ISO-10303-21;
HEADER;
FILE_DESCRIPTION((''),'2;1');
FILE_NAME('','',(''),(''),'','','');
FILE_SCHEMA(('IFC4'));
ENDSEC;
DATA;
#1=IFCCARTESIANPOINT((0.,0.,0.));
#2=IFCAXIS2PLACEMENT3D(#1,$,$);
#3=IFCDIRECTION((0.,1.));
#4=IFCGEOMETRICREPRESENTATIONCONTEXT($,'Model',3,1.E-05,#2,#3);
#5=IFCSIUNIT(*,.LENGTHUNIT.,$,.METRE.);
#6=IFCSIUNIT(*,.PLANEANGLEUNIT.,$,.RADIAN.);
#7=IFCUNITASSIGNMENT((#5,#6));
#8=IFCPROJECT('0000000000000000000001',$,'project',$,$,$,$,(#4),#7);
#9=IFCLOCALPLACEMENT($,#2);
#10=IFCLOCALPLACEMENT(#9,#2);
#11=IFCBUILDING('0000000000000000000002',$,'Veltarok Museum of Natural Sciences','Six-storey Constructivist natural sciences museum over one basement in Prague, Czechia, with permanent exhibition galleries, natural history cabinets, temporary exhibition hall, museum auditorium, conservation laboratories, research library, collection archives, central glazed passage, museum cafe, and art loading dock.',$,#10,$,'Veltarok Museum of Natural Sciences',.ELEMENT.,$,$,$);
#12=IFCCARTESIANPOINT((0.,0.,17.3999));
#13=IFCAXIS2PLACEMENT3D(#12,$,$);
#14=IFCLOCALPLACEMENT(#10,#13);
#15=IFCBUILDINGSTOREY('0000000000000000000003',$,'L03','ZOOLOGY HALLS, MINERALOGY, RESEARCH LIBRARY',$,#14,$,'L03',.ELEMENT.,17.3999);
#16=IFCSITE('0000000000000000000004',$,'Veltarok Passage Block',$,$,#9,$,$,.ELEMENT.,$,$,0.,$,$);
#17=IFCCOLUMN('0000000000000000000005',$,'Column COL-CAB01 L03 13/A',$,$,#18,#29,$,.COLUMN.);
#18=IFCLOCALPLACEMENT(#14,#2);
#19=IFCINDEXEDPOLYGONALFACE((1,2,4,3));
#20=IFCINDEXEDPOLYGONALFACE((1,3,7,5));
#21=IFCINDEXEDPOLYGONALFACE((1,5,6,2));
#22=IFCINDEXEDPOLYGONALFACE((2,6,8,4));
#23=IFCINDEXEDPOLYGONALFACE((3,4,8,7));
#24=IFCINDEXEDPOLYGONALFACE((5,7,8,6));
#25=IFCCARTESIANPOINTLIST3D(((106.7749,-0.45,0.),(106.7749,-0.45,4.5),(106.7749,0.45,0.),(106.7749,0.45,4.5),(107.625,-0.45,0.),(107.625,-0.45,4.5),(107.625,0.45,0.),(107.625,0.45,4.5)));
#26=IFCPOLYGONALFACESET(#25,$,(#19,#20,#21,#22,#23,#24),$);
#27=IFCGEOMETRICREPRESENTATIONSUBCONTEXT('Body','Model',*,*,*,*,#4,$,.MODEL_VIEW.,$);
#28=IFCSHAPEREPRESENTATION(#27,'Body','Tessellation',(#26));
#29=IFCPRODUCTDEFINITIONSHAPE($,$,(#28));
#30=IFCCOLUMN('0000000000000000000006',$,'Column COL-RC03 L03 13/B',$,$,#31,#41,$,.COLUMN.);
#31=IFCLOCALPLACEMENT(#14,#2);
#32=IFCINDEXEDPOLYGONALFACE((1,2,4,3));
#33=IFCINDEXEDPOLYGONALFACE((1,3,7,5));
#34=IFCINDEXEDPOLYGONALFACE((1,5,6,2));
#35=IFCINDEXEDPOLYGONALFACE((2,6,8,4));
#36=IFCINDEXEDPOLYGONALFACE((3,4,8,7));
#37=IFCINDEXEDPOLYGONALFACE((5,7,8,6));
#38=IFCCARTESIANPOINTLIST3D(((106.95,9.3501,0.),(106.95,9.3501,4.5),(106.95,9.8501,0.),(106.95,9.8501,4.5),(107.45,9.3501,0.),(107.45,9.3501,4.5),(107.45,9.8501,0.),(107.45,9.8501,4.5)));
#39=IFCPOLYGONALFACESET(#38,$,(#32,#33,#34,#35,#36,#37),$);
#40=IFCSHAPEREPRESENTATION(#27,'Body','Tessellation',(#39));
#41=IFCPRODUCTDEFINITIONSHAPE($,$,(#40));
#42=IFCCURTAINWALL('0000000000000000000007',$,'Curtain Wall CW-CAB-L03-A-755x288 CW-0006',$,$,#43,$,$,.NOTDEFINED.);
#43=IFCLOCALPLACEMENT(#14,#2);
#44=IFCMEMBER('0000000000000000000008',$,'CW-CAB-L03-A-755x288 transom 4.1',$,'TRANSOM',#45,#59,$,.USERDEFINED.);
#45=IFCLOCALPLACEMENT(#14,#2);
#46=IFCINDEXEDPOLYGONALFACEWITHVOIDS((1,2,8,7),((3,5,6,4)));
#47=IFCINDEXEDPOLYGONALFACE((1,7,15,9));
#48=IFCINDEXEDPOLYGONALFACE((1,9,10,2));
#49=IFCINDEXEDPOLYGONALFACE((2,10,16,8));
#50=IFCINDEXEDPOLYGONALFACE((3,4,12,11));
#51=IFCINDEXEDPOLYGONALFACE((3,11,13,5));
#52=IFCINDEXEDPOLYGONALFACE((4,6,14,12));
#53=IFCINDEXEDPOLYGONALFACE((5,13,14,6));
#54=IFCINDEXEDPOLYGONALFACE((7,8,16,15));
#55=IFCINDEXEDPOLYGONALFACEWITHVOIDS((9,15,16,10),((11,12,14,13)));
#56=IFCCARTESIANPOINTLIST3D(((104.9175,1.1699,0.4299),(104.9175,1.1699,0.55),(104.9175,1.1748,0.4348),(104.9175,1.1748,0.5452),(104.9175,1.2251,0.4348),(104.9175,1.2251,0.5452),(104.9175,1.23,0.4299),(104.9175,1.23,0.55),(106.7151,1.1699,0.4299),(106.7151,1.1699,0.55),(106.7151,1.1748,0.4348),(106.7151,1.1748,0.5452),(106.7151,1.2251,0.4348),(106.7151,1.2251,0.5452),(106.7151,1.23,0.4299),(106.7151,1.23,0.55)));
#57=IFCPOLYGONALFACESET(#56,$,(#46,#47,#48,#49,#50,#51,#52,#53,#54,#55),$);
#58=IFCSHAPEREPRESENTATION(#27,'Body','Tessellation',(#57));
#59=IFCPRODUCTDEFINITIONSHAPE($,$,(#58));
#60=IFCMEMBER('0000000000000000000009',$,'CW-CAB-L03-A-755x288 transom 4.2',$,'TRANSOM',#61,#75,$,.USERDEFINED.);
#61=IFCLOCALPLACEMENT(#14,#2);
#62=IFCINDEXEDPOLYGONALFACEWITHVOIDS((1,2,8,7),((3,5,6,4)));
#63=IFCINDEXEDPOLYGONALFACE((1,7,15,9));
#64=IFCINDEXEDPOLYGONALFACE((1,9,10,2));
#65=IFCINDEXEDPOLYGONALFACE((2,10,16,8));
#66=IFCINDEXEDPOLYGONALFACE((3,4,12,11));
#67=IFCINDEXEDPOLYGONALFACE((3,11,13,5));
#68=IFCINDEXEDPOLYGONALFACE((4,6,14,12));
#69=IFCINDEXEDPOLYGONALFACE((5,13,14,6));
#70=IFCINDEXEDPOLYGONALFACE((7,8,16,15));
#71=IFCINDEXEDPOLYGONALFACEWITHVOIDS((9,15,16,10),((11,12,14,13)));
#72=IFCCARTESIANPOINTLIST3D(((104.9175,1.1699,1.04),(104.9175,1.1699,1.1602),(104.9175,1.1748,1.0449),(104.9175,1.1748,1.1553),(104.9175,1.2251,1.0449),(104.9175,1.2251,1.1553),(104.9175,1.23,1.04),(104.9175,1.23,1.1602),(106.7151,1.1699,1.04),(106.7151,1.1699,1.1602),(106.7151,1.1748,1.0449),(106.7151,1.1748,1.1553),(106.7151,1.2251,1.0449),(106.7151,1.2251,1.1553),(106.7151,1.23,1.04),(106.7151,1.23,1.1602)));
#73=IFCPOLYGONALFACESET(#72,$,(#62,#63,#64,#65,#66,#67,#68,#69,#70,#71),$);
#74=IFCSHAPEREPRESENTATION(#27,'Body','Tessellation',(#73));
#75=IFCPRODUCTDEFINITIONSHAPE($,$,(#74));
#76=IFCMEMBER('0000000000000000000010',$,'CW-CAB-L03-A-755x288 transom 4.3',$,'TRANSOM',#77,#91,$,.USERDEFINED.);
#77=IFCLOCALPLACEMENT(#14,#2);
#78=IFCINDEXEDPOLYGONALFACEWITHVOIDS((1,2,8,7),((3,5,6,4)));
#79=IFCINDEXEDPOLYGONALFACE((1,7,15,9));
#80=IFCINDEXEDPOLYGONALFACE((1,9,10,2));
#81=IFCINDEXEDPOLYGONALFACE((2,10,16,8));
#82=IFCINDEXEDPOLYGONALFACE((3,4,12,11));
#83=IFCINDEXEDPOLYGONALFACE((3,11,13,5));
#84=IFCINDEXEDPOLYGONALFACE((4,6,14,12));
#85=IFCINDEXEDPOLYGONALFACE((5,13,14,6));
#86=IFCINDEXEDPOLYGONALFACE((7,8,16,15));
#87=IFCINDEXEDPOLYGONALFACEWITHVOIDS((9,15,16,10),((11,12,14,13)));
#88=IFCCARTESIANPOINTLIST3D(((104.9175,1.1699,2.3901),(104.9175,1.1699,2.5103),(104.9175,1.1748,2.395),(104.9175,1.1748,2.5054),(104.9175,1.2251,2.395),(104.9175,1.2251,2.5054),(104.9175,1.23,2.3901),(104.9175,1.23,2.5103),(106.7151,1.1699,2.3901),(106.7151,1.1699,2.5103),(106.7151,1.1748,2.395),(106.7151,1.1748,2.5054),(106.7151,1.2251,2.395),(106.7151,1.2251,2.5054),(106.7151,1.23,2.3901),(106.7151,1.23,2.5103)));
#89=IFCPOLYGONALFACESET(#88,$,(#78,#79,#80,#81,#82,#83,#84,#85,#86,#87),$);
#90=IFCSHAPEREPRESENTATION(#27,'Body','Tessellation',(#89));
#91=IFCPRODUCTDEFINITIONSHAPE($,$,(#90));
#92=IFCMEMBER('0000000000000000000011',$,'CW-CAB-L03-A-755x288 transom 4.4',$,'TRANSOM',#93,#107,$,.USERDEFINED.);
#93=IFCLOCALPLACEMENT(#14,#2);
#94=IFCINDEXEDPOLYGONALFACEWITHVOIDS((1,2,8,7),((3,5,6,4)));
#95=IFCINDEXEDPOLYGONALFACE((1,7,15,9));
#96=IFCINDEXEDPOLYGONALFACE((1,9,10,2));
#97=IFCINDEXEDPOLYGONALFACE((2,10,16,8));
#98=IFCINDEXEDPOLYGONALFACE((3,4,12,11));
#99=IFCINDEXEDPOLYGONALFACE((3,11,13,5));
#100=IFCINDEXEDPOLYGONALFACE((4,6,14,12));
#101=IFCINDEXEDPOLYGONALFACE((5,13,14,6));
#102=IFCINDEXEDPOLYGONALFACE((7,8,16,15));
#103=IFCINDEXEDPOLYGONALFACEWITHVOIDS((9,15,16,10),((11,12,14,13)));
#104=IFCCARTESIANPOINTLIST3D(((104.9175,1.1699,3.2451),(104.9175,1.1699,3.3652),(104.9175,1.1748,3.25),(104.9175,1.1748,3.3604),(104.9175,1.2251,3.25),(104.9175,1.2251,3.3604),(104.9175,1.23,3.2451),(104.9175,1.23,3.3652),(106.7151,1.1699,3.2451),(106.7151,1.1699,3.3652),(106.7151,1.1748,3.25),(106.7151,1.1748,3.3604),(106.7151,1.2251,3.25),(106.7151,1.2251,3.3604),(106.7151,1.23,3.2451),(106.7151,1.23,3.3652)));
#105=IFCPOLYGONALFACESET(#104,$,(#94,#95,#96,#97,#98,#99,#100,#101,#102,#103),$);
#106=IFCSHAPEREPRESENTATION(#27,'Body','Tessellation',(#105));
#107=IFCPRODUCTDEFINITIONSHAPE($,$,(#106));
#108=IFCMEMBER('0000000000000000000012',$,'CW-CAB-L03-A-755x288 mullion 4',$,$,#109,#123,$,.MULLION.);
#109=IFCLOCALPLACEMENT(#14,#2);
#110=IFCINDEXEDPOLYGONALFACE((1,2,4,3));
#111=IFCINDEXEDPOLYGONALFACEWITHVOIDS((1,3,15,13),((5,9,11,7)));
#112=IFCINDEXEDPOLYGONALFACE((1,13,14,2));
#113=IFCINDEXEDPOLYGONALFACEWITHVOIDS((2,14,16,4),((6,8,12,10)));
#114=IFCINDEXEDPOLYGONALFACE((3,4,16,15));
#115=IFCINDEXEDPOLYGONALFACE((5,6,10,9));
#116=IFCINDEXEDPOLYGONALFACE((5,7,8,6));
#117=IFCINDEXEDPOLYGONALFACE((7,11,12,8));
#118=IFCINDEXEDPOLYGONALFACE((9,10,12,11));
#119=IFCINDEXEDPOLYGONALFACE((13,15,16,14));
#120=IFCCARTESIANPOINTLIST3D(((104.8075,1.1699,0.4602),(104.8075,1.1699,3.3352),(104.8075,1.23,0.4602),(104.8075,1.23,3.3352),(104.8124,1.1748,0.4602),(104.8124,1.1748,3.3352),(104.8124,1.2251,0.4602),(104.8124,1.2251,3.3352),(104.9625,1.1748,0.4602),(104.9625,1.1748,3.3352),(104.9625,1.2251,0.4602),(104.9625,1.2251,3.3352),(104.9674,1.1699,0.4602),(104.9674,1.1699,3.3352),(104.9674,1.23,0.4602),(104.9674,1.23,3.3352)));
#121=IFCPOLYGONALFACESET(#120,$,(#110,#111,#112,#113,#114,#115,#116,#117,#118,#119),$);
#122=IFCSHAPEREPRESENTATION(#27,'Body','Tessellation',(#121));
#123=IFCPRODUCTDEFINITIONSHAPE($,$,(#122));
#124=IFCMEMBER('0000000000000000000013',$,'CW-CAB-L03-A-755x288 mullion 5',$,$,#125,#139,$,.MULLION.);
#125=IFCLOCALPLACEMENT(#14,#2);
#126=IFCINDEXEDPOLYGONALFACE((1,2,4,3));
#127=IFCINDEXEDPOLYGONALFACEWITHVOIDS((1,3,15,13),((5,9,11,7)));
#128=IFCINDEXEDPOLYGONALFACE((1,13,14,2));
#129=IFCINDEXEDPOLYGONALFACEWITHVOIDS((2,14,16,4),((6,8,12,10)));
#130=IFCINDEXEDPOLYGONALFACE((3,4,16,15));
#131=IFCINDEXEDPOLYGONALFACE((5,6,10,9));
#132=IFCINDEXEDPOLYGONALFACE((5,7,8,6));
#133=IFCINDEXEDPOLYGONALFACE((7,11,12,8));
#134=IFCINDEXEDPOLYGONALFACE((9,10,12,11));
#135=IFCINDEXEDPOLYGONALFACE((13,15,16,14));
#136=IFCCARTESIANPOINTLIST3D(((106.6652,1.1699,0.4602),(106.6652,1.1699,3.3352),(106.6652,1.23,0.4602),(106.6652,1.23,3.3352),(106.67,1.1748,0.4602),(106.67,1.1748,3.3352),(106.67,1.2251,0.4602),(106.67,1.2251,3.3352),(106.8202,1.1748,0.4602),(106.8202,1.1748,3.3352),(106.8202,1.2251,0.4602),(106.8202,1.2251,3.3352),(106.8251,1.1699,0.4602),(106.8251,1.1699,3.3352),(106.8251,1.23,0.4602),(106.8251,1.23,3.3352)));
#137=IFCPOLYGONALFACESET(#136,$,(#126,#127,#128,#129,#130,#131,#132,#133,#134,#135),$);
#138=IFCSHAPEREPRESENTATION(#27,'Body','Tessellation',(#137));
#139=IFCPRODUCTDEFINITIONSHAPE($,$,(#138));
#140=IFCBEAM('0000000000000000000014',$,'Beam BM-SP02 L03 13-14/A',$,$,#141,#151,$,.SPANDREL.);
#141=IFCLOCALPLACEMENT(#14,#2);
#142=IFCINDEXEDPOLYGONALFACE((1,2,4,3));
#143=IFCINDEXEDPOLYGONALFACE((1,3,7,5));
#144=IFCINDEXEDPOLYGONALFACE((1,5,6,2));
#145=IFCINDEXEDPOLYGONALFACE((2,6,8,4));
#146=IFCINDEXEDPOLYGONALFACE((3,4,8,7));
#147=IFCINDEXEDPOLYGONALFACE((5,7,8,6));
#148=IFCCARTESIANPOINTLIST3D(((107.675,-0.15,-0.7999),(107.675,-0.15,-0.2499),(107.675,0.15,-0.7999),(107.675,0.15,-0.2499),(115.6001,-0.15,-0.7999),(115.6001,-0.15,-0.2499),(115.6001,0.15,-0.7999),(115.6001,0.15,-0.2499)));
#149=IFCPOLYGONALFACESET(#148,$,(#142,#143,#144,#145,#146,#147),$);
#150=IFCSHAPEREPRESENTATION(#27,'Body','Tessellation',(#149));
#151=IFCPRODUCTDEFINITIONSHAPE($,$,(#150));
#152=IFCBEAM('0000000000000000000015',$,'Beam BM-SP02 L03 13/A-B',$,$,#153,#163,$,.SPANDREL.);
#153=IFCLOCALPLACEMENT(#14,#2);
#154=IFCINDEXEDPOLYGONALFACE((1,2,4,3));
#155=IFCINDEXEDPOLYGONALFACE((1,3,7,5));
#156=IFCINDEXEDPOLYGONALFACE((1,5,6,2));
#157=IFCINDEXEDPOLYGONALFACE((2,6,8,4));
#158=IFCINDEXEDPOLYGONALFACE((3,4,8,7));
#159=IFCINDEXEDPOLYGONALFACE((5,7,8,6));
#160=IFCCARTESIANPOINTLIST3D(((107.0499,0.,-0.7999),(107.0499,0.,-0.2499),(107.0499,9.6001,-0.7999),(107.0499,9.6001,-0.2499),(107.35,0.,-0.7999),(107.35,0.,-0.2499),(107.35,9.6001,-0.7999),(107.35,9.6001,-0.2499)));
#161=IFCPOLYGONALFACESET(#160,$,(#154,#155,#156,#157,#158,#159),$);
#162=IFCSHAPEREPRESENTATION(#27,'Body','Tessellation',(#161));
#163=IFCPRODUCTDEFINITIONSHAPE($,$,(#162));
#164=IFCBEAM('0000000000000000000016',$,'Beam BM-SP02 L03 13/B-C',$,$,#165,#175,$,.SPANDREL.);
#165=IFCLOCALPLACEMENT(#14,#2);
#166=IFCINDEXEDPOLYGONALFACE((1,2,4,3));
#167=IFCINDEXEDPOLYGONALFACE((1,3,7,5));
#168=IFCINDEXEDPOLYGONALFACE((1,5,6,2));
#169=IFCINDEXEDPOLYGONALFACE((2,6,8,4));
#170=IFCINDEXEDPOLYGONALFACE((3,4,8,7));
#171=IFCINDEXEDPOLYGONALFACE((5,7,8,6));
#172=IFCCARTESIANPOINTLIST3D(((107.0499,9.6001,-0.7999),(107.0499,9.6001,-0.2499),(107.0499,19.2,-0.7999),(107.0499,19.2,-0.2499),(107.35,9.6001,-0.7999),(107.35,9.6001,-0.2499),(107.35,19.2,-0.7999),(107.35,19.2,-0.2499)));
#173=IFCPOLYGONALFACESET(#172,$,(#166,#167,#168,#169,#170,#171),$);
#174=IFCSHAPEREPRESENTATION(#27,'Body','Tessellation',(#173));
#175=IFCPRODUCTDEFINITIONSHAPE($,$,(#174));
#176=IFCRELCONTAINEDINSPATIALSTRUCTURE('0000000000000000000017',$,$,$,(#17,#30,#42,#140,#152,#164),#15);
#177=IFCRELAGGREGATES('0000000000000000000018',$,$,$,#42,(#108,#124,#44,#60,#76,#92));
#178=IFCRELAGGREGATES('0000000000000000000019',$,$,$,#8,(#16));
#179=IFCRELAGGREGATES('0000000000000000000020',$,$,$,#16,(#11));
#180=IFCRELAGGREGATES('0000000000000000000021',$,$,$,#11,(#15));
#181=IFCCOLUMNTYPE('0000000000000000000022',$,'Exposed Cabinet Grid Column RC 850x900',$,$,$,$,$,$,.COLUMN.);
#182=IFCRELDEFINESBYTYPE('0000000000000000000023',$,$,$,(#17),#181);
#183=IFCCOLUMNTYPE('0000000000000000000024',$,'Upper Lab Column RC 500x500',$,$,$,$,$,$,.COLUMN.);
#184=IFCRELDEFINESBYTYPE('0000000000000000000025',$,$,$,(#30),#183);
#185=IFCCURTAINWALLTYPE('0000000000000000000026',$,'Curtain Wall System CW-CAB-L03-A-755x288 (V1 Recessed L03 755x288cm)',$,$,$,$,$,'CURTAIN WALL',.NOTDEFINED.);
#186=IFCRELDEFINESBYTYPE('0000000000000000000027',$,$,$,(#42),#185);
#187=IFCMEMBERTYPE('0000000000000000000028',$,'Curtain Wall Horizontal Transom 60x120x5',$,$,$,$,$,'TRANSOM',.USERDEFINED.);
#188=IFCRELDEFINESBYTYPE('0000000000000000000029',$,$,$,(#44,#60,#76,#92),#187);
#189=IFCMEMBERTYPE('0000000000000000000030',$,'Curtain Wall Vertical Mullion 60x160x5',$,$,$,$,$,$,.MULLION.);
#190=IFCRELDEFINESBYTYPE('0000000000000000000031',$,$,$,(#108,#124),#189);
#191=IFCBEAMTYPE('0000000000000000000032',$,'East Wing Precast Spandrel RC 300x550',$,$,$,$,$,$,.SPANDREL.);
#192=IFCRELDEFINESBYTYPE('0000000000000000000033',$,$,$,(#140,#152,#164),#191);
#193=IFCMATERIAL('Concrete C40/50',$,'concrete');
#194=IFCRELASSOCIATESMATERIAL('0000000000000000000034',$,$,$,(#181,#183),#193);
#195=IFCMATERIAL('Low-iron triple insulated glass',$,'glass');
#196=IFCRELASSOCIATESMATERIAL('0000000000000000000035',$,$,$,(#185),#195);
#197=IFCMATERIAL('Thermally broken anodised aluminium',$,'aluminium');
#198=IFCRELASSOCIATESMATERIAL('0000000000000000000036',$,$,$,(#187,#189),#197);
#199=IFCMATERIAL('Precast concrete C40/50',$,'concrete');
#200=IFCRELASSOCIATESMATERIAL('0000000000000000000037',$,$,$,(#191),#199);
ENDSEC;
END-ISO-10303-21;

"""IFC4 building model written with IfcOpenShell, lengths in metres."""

from ifc_helpers import new_model, si_unit, direction, frame, origin, origin_2d, place, context, subcontext, project, spatial, rectangle, hollow_rectangle, extrude, material, material_profile, profile_set, type_object, element, aggregate, save


model = new_model("IFC4")

# Units and contexts
model_context = context("Model", 3, precision=1e-05, world=origin(), true_north=direction((0.0, 1.0)))
body_context = subcontext(model_context, "Body", "Model", "MODEL_VIEW")
ifc_project = project(units=[si_unit("LENGTHUNIT", "METRE"), si_unit("PLANEANGLEUNIT", "RADIAN")], contexts=[model_context])

# Site, building, storey
site_placement = place(None, origin())
site = spatial("IfcSite", under=ifc_project, at=site_placement, Name="Veltarok Passage Block", CompositionType="ELEMENT", RefElevation=0.0)
building_placement = place(site_placement, origin())
building = spatial("IfcBuilding", under=site, at=building_placement, Name="Veltarok Museum of Natural Sciences", Description="Six-storey Constructivist natural sciences museum over one basement in Prague, Czechia, with permanent exhibition galleries, natural history cabinets, temporary exhibition hall, museum auditorium, conservation laboratories, research library, collection archives, central glazed passage, museum cafe, and art loading dock.", LongName="Veltarok Museum of Natural Sciences", CompositionType="ELEMENT")
storey_placement = place(building_placement, frame((0.0, 0.0, 17.3999)))
storey = spatial("IfcBuildingStorey", under=building, at=storey_placement, Name="L03", Description="ZOOLOGY HALLS, MINERALOGY, RESEARCH LIBRARY", LongName="L03", CompositionType="ELEMENT", Elevation=17.3999)

# Columns
ifc_material_1 = material(Name="Concrete C40/50", Category="concrete")
ifc_material_profile_1 = material_profile(ifc_material_1, rectangle(XDim=0.8501, YDim=0.8999, at=origin_2d()), Name="RC 850x900")
ifc_profile_set_1 = profile_set([ifc_material_profile_1], Name="Concrete C40/50")
column_type_1 = type_object("IfcColumnType", Name="Exposed Cabinet Grid Column RC 850x900", PredefinedType="COLUMN", material=ifc_profile_set_1)
column_1_placement = place(storey_placement, frame((107.2, 0.0, 0.0), z_axis=(0.0, 0.0, 1.0), x_axis=(1.0, 0.0, 0.0)))
element("IfcColumn", 1, at=column_1_placement, inside=storey, type_object=column_type_1, Name="Column COL-CAB01 L03 13/A", PredefinedType="COLUMN", context=body_context, shape_type="SweptSolid", body=[
    extrude(rectangle(XDim=0.8501, YDim=0.8999, at=origin_2d()), origin(), (0.0, 0.0, 1.0), 4.5),
])
ifc_material_profile_2 = material_profile(ifc_material_1, rectangle(XDim=0.5, YDim=0.5, at=origin_2d()), Name="RC 500x500")
ifc_profile_set_2 = profile_set([ifc_material_profile_2], Name="Concrete C40/50")
column_type_2 = type_object("IfcColumnType", Name="Upper Lab Column RC 500x500", PredefinedType="COLUMN", material=ifc_profile_set_2)
column_2_placement = place(storey_placement, frame((107.2, 9.6001, 0.0), z_axis=(0.0, 0.0, 1.0), x_axis=(0.0, 1.0, 0.0)))
element("IfcColumn", 2, at=column_2_placement, inside=storey, type_object=column_type_2, Name="Column COL-RC03 L03 13/B", PredefinedType="COLUMN", context=body_context, shape_type="SweptSolid", body=[
    extrude(rectangle(XDim=0.5, YDim=0.5, at=origin_2d()), origin(), (0.0, 0.0, 1.0), 4.5),
])

# Curtain wall, members
ifc_material_2 = material(Name="Low-iron triple insulated glass", Category="glass")
curtain_wall_type = type_object("IfcCurtainWallType", Name="Curtain Wall System CW-CAB-L03-A-755x288 (V1 Recessed L03 755x288cm)", ElementType="CURTAIN WALL", PredefinedType="NOTDEFINED", material=ifc_material_2)
curtain_wall_placement = place(storey_placement, origin())
curtain_wall = element("IfcCurtainWall", 3, at=curtain_wall_placement, inside=storey, type_object=curtain_wall_type, Name="Curtain Wall CW-CAB-L03-A-755x288 CW-0006", PredefinedType="NOTDEFINED")
ifc_material_3 = material(Name="Thermally broken anodised aluminium", Category="aluminium")
ifc_material_profile_3 = material_profile(ifc_material_3, hollow_rectangle(XDim=0.0601, YDim=0.1201, WallThickness=0.0049, at=origin_2d()), Name="CW TRANSOM 60x120x5")
ifc_profile_set_3 = profile_set([ifc_material_profile_3], Name="Thermally broken anodised aluminium")
member_type_1 = type_object("IfcMemberType", Name="Curtain Wall Horizontal Transom 60x120x5", ElementType="TRANSOM", PredefinedType="USERDEFINED", material=ifc_profile_set_3)
member_1_placement = place(storey_placement, frame((104.9175, 1.2, 0.49), z_axis=(1.0, 0.0, 0.0), x_axis=(0.0, 1.0, 0.0)))
member_1 = element("IfcMember", 4, at=member_1_placement, type_object=member_type_1, Name="CW-CAB-L03-A-755x288 transom 4.1", ObjectType="TRANSOM", PredefinedType="USERDEFINED", context=body_context, shape_type="SweptSolid", body=[
    extrude(hollow_rectangle(XDim=0.0601, YDim=0.1201, WallThickness=0.0049, at=origin_2d()), origin(), (0.0, 0.0, 1.0), 1.7976),
])
member_2_placement = place(storey_placement, frame((104.9175, 1.2, 1.1001), z_axis=(1.0, 0.0, 0.0), x_axis=(0.0, 1.0, 0.0)))
member_2 = element("IfcMember", 5, at=member_2_placement, type_object=member_type_1, Name="CW-CAB-L03-A-755x288 transom 4.2", ObjectType="TRANSOM", PredefinedType="USERDEFINED", context=body_context, shape_type="SweptSolid", body=[
    extrude(hollow_rectangle(XDim=0.0601, YDim=0.1201, WallThickness=0.0049, at=origin_2d()), origin(), (0.0, 0.0, 1.0), 1.7976),
])
member_3_placement = place(storey_placement, frame((104.9175, 1.2, 2.4502), z_axis=(1.0, 0.0, 0.0), x_axis=(0.0, 1.0, 0.0)))
member_3 = element("IfcMember", 6, at=member_3_placement, type_object=member_type_1, Name="CW-CAB-L03-A-755x288 transom 4.3", ObjectType="TRANSOM", PredefinedType="USERDEFINED", context=body_context, shape_type="SweptSolid", body=[
    extrude(hollow_rectangle(XDim=0.0601, YDim=0.1201, WallThickness=0.0049, at=origin_2d()), origin(), (0.0, 0.0, 1.0), 1.7976),
])
member_4_placement = place(storey_placement, frame((104.9175, 1.2, 3.3052), z_axis=(1.0, 0.0, 0.0), x_axis=(0.0, 1.0, 0.0)))
member_4 = element("IfcMember", 7, at=member_4_placement, type_object=member_type_1, Name="CW-CAB-L03-A-755x288 transom 4.4", ObjectType="TRANSOM", PredefinedType="USERDEFINED", context=body_context, shape_type="SweptSolid", body=[
    extrude(hollow_rectangle(XDim=0.0601, YDim=0.1201, WallThickness=0.0049, at=origin_2d()), origin(), (0.0, 0.0, 1.0), 1.7976),
])
ifc_material_profile_4 = material_profile(ifc_material_3, hollow_rectangle(XDim=0.0601, YDim=0.1599, WallThickness=0.0049, at=origin_2d()), Name="CW MULLION 60x160x5")
ifc_profile_set_4 = profile_set([ifc_material_profile_4], Name="Thermally broken anodised aluminium")
member_type_2 = type_object("IfcMemberType", Name="Curtain Wall Vertical Mullion 60x160x5", PredefinedType="MULLION", material=ifc_profile_set_4)
member_5_placement = place(storey_placement, frame((104.8875, 1.2, 0.4602), z_axis=(0.0, 0.0, 1.0), x_axis=(0.0, 1.0, 0.0)))
member_5 = element("IfcMember", 8, at=member_5_placement, type_object=member_type_2, Name="CW-CAB-L03-A-755x288 mullion 4", PredefinedType="MULLION", context=body_context, shape_type="SweptSolid", body=[
    extrude(hollow_rectangle(XDim=0.0601, YDim=0.1599, WallThickness=0.0049, at=origin_2d()), origin(), (0.0, 0.0, 1.0), 2.875),
])
member_6_placement = place(storey_placement, frame((106.7451, 1.2, 0.4602), z_axis=(0.0, 0.0, 1.0), x_axis=(0.0, 1.0, 0.0)))
member_6 = element("IfcMember", 9, at=member_6_placement, type_object=member_type_2, Name="CW-CAB-L03-A-755x288 mullion 5", PredefinedType="MULLION", context=body_context, shape_type="SweptSolid", body=[
    extrude(hollow_rectangle(XDim=0.0601, YDim=0.1599, WallThickness=0.0049, at=origin_2d()), origin(), (0.0, 0.0, 1.0), 2.875),
])

# Beams
ifc_material_4 = material(Name="Precast concrete C40/50", Category="concrete")
ifc_material_profile_5 = material_profile(ifc_material_4, rectangle(XDim=0.3, YDim=0.55, at=origin_2d()), Name="RC 300x550")
ifc_profile_set_5 = profile_set([ifc_material_profile_5], Name="Precast concrete C40/50")
beam_type_1 = type_object("IfcBeamType", Name="East Wing Precast Spandrel RC 300x550", PredefinedType="SPANDREL", material=ifc_profile_set_5)
beam_1_placement = place(storey_placement, frame((107.675, 0.0, -0.5249), z_axis=(1.0, 0.0, 0.0), x_axis=(0.0, 1.0, 0.0)))
element("IfcBeam", 10, at=beam_1_placement, inside=storey, type_object=beam_type_1, Name="Beam BM-SP02 L03 13-14/A", PredefinedType="SPANDREL", context=body_context, shape_type="SweptSolid", body=[
    extrude(rectangle(XDim=0.3, YDim=0.55, at=origin_2d()), origin(), (0.0, 0.0, 1.0), 7.925),
])
beam_2_placement = place(storey_placement, frame((107.2, 0.0, -0.5249), z_axis=(0.0, 1.0, 0.0), x_axis=(-1.0, 0.0, 0.0)))
element("IfcBeam", 11, at=beam_2_placement, inside=storey, type_object=beam_type_1, Name="Beam BM-SP02 L03 13/A-B", PredefinedType="SPANDREL", context=body_context, shape_type="SweptSolid", body=[
    extrude(rectangle(XDim=0.3, YDim=0.55, at=origin_2d()), origin(), (0.0, 0.0, 1.0), 9.6001),
])
beam_3_placement = place(storey_placement, frame((107.2, 9.6001, -0.5249), z_axis=(0.0, 1.0, 0.0), x_axis=(-1.0, 0.0, 0.0)))
element("IfcBeam", 12, at=beam_3_placement, inside=storey, type_object=beam_type_1, Name="Beam BM-SP02 L03 13/B-C", PredefinedType="SPANDREL", context=body_context, shape_type="SweptSolid", body=[
    extrude(rectangle(XDim=0.3, YDim=0.55, at=origin_2d()), origin(), (0.0, 0.0, 1.0), 9.5999),
])

aggregate(curtain_wall, [member_5, member_6, member_1, member_2, member_3, member_4])

save(model, "model.ifc")
